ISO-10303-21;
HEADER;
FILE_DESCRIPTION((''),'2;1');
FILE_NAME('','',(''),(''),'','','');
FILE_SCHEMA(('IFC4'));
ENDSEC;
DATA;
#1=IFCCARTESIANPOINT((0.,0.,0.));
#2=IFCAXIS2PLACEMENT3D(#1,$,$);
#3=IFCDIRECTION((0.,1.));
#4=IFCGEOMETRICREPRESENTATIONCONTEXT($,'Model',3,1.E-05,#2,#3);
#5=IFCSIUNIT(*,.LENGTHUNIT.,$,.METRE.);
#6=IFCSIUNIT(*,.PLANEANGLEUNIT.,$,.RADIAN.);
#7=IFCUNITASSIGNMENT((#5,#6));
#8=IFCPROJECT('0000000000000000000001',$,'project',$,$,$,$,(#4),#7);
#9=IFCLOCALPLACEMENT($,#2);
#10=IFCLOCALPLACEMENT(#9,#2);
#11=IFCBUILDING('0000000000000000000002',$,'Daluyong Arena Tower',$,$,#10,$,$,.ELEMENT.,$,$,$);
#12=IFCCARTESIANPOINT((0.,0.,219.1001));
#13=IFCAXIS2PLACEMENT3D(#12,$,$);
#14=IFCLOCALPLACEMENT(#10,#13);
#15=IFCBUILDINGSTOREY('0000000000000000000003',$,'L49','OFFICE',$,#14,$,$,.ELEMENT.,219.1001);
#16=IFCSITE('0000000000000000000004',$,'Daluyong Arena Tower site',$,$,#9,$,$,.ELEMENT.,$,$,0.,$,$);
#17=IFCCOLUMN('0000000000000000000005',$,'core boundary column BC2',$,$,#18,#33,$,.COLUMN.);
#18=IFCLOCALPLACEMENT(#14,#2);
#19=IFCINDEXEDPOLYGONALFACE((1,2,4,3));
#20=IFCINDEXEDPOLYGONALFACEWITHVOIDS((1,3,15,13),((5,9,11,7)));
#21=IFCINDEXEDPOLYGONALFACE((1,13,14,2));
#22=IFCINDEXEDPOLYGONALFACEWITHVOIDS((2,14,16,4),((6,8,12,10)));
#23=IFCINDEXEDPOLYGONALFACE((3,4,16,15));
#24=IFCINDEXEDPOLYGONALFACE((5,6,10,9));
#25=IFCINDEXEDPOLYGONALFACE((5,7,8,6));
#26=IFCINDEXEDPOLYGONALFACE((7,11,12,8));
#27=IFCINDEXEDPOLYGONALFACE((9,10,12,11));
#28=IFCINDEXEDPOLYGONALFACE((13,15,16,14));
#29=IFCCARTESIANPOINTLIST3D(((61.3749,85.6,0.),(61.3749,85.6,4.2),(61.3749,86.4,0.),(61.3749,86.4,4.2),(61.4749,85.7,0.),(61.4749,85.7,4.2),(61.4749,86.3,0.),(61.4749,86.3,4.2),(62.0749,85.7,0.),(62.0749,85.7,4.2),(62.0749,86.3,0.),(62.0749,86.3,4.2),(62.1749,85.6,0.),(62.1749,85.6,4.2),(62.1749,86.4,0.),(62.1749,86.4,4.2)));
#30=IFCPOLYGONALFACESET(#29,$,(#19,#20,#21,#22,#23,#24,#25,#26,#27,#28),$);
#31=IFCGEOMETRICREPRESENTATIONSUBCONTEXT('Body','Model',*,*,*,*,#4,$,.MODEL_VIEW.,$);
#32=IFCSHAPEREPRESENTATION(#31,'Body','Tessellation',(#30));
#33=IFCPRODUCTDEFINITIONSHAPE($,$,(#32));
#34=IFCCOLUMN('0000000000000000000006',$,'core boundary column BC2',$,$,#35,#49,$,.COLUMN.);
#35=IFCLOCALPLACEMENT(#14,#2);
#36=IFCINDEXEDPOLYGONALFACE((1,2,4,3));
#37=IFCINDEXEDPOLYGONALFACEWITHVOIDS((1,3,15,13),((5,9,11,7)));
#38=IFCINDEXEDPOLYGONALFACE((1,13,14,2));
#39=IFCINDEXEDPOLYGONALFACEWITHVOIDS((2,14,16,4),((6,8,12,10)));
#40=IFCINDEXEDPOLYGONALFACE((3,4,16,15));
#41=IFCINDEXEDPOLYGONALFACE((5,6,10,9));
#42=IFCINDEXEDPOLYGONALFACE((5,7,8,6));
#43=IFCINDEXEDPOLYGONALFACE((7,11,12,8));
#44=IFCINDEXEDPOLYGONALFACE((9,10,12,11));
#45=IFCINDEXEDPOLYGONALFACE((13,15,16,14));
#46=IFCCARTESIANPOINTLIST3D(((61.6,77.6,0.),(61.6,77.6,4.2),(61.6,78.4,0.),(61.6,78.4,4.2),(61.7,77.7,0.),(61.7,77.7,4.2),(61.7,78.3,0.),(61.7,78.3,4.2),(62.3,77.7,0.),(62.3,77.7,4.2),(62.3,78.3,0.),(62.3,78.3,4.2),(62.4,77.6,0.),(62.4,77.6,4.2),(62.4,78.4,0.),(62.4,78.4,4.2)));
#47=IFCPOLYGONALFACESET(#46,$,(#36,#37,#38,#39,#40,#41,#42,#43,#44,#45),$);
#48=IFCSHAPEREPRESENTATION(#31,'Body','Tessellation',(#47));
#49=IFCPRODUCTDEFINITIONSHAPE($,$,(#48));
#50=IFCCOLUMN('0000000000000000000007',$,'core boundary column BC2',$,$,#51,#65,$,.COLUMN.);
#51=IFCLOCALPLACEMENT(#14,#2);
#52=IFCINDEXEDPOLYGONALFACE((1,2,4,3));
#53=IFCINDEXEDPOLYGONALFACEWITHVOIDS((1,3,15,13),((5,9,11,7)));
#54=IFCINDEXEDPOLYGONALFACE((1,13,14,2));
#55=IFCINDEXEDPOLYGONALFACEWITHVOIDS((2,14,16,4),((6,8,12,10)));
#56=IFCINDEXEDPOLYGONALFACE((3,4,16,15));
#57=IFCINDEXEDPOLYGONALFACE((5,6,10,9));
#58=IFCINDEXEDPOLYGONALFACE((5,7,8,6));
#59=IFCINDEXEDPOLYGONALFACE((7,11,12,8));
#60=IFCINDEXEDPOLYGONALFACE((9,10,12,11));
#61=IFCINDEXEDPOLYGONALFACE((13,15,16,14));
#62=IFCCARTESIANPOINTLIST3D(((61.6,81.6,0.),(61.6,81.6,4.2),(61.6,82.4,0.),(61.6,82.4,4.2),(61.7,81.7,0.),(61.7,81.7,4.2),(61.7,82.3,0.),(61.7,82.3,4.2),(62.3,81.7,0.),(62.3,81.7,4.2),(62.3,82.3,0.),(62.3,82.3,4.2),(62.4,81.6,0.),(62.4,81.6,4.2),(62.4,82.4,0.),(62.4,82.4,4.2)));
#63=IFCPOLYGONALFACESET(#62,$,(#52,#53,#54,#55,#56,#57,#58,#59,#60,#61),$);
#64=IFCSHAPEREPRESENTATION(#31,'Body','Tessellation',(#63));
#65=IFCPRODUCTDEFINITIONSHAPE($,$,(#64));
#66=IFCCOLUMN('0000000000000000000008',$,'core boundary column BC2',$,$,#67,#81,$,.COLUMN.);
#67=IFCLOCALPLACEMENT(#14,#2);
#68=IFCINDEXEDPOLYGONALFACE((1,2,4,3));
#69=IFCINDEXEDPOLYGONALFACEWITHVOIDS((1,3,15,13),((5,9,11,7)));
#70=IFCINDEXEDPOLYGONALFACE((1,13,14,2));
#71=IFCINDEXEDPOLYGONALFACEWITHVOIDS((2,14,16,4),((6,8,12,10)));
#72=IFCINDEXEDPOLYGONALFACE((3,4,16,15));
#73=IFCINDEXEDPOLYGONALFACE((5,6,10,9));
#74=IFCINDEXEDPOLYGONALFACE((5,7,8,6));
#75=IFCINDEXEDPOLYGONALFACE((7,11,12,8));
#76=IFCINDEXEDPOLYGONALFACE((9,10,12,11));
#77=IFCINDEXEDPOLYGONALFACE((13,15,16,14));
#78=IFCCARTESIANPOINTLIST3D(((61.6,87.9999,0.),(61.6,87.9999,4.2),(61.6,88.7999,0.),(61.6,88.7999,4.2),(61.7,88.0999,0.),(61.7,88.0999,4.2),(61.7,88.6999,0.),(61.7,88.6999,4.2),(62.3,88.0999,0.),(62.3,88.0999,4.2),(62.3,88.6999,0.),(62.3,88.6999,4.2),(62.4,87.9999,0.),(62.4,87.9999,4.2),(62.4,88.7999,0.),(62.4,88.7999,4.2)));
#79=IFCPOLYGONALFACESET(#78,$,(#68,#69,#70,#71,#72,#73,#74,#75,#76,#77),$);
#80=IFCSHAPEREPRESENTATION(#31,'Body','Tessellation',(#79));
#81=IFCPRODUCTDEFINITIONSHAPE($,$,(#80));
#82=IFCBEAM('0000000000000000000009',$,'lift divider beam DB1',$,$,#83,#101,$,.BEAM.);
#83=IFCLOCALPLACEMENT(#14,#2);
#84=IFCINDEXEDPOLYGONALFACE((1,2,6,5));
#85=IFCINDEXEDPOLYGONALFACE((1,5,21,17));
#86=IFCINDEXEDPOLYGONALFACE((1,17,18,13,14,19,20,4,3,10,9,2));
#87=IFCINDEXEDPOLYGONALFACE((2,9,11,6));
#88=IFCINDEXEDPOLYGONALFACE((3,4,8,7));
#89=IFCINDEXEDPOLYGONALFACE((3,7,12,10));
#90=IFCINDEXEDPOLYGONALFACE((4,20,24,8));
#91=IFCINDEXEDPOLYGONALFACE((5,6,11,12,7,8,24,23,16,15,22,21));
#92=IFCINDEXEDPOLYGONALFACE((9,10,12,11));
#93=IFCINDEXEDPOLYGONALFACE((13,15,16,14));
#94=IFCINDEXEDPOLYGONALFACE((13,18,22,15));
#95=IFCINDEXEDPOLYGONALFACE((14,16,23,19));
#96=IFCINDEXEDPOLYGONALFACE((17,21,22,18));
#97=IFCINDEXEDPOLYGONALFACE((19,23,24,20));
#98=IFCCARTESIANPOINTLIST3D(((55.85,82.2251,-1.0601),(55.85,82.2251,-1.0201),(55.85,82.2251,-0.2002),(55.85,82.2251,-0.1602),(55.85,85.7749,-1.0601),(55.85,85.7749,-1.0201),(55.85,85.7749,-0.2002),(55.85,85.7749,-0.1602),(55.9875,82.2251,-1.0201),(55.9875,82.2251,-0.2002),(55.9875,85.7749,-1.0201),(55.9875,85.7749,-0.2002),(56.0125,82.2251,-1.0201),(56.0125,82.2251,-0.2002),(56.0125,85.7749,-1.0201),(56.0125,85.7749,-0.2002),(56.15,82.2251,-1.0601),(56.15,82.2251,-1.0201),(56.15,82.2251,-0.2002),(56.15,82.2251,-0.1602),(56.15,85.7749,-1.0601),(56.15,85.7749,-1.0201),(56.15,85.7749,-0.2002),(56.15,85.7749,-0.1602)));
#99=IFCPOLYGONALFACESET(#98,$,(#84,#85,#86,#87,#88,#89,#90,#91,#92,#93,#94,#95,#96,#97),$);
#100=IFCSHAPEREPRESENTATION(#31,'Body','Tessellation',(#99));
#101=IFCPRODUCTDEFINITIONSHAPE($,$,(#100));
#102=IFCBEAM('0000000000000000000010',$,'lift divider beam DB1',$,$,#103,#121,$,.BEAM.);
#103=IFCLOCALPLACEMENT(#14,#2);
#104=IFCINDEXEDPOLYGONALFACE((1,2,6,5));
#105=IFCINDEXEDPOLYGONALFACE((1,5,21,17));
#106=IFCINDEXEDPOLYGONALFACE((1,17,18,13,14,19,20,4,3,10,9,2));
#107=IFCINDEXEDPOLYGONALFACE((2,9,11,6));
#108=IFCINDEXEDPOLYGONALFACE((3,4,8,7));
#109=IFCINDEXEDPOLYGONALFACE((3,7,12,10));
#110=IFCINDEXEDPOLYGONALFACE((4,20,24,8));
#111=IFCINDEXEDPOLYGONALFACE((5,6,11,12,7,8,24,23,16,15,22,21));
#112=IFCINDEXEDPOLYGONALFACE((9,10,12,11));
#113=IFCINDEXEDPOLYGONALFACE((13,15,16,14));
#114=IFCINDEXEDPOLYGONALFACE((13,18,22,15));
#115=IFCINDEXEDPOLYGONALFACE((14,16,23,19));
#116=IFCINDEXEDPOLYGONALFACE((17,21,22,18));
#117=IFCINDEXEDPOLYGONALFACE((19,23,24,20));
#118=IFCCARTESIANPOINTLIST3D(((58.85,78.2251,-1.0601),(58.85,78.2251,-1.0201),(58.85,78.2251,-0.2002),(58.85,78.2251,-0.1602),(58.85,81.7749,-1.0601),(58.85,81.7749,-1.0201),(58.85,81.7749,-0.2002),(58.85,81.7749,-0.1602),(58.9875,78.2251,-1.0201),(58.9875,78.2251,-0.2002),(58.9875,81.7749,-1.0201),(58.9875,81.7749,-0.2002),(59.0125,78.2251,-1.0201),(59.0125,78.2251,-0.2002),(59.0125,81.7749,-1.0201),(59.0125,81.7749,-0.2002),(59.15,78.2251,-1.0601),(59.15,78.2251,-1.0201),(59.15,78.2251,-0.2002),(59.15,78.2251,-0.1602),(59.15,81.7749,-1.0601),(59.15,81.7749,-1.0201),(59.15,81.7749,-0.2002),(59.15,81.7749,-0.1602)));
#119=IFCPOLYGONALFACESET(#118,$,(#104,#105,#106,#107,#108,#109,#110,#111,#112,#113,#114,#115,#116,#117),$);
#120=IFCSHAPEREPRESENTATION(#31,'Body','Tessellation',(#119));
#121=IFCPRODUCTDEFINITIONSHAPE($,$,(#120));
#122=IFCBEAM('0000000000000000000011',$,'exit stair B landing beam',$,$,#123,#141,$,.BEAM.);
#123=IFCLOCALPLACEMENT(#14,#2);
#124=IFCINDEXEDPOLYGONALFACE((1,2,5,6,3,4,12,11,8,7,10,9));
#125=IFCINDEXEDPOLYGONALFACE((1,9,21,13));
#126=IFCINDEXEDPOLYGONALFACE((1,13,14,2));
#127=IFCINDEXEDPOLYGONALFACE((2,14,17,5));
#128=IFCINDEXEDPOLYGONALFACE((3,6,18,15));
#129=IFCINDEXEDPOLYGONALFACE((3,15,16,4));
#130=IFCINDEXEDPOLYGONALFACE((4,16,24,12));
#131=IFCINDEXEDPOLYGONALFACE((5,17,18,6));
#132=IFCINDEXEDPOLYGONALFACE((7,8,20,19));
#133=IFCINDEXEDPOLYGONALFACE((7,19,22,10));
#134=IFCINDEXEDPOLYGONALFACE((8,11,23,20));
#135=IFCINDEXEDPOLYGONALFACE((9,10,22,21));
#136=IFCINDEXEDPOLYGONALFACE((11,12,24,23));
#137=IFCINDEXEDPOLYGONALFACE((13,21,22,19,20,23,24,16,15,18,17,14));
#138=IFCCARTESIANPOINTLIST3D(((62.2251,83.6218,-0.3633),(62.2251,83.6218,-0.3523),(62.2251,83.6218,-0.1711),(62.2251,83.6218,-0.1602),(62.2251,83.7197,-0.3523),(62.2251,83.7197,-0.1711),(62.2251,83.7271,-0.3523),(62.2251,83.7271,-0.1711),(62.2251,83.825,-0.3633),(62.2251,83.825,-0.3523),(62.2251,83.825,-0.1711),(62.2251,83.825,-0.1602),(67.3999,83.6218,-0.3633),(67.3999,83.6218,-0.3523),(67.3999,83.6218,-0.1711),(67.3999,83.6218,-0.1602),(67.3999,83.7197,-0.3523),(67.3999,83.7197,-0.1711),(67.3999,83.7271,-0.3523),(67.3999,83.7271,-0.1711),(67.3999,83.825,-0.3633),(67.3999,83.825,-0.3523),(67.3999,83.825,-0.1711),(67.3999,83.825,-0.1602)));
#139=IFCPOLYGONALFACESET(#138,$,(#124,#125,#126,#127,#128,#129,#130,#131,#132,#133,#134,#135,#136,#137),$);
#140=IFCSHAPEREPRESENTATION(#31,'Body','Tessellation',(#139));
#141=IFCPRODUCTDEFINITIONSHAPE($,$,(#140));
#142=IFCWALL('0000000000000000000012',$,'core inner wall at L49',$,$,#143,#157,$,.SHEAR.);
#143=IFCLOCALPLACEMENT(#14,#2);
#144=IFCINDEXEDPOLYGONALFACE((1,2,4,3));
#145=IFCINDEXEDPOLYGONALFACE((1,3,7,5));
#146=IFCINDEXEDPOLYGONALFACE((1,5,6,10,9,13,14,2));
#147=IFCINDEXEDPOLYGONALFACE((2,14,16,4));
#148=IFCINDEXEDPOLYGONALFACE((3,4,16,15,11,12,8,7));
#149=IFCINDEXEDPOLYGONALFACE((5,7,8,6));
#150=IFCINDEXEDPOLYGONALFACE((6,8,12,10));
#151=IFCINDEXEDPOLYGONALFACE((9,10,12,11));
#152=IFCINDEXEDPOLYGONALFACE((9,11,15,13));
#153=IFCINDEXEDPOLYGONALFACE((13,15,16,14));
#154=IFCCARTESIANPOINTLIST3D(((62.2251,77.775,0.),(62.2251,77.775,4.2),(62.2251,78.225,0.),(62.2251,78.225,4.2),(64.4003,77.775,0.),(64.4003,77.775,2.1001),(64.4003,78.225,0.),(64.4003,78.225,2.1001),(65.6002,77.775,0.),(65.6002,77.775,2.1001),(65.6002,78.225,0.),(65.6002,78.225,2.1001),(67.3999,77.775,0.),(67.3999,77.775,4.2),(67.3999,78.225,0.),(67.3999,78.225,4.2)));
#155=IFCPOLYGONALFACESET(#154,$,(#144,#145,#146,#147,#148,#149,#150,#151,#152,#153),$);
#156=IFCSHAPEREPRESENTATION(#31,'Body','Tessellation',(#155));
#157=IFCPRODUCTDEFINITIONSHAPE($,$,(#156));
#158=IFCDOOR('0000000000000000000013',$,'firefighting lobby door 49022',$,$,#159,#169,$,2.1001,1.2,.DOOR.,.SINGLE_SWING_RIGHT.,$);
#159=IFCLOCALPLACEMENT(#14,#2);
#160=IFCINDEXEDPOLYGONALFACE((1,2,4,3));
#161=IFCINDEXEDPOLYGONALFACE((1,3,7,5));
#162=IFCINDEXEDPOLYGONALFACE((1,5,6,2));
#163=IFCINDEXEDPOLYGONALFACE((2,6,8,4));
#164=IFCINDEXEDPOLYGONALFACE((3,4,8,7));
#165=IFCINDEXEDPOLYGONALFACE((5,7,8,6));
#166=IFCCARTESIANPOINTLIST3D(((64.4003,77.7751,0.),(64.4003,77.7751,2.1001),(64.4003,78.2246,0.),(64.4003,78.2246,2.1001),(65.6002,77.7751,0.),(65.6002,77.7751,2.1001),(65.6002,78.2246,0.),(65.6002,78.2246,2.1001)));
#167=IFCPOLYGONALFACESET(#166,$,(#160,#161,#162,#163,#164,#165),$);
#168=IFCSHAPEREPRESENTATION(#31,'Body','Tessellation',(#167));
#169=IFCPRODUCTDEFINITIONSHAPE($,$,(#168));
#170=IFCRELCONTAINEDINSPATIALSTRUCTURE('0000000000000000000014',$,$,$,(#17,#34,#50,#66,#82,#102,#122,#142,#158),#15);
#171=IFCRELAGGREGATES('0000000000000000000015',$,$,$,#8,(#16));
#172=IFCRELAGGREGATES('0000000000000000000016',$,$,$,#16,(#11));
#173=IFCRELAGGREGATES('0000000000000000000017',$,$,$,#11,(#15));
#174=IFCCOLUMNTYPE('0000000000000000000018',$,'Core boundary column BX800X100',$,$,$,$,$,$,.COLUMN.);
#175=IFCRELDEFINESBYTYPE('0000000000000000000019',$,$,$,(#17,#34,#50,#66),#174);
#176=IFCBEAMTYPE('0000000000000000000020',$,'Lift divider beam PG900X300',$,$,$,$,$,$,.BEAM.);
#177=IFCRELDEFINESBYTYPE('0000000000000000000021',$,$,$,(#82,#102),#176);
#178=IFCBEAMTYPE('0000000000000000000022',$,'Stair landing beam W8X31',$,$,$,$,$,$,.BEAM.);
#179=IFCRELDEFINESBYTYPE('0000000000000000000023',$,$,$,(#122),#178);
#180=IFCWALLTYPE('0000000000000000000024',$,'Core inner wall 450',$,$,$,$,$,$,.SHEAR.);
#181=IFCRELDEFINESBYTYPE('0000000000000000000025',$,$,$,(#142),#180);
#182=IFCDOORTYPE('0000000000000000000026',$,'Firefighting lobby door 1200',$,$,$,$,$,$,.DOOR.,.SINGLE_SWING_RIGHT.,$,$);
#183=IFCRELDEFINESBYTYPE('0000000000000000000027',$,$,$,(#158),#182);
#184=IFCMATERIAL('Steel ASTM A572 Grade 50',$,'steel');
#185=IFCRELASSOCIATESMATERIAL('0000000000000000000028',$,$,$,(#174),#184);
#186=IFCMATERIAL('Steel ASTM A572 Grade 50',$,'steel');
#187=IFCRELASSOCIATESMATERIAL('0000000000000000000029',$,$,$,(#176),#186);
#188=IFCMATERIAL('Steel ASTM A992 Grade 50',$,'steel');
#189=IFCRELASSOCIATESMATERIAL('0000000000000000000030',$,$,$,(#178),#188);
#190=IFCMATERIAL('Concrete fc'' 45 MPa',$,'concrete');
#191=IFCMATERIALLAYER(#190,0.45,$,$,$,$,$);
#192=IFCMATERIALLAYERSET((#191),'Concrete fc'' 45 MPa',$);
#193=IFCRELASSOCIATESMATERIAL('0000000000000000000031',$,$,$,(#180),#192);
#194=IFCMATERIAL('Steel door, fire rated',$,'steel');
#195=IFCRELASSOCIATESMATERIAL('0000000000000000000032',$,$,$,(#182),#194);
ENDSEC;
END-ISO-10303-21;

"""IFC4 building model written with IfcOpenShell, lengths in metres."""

from ifc_helpers import new_model, si_unit, direction, frame, frame_2d, origin, origin_2d, place, context, subcontext, project, spatial, rectangle, hollow_rectangle, i_section, extrude, material, layer, layer_set, material_profile, profile_set, type_object, element, fill, save


model = new_model("IFC4")

# Units and contexts
model_context = context("Model", 3, precision=1e-05, world=origin(), true_north=direction((0.0, 1.0)))
body_context = subcontext(model_context, "Body", "Model", "MODEL_VIEW")
ifc_project = project(units=[si_unit("LENGTHUNIT", "METRE"), si_unit("PLANEANGLEUNIT", "RADIAN")], contexts=[model_context])

# Site, building, storey
site_placement = place(None, origin())
site = spatial("IfcSite", under=ifc_project, at=site_placement, Name="Daluyong Arena Tower site", CompositionType="ELEMENT", RefElevation=0.0)
building_placement = place(site_placement, origin())
building = spatial("IfcBuilding", under=site, at=building_placement, Name="Daluyong Arena Tower", CompositionType="ELEMENT")
storey_placement = place(building_placement, frame((0.0, 0.0, 219.1001)))
storey = spatial("IfcBuildingStorey", under=building, at=storey_placement, Name="L49", Description="OFFICE", CompositionType="ELEMENT", Elevation=219.1001)

# Columns
ifc_material_1 = material(Name="Steel ASTM A572 Grade 50", Category="steel")
ifc_material_profile_1 = material_profile(ifc_material_1, hollow_rectangle(XDim=0.8, YDim=0.8, WallThickness=0.1, at=origin_2d()))
ifc_profile_set_1 = profile_set([ifc_material_profile_1], Name="Steel ASTM A572 Grade 50")
column_type = type_object("IfcColumnType", Name="Core boundary column BX800X100", PredefinedType="COLUMN", material=ifc_profile_set_1)
for number, where, z_axis, x_axis, name in (
    (1, (61.7749, 86.0, 0.0), (0.0, 0.0, 1.0), (1.0, 0.0, 0.0), "core boundary column BC2"),
    (2, (62.0, 78.0, 0.0), (0.0, 0.0, 1.0), (1.0, 0.0, 0.0), "core boundary column BC2"),
    (3, (62.0, 82.0, 0.0), (0.0, 0.0, 1.0), (1.0, 0.0, 0.0), "core boundary column BC2"),
    (4, (62.0, 88.3999, 0.0), (0.0, 0.0, 1.0), (1.0, 0.0, 0.0), "core boundary column BC2"),
):
    element("IfcColumn", number, at=place(storey_placement, frame(where, z_axis=z_axis, x_axis=x_axis)), inside=storey, type_object=column_type, Name=name, PredefinedType="COLUMN", context=body_context, shape_type="SweptSolid", body=[
        extrude(hollow_rectangle(XDim=0.8, YDim=0.8, WallThickness=0.1, at=origin_2d()), origin(), (0.0, 0.0, 1.0), 4.2),
    ])

# Beams
ifc_material_2 = material(Name="Steel ASTM A572 Grade 50", Category="steel")
ifc_material_profile_2 = material_profile(ifc_material_2, i_section(OverallWidth=0.3, OverallDepth=0.8999, WebThickness=0.025, FlangeThickness=0.04, at=origin_2d()))
ifc_profile_set_2 = profile_set([ifc_material_profile_2], Name="Steel ASTM A572 Grade 50")
beam_type_1 = type_object("IfcBeamType", Name="Lift divider beam PG900X300", PredefinedType="BEAM", material=ifc_profile_set_2)
for number, where, z_axis, x_axis, name in (
    (5, (56.0, 82.2251, -0.6101), (0.0, 1.0, 0.0), (-1.0, 0.0, 0.0), "lift divider beam DB1"),
    (6, (59.0, 78.2251, -0.6101), (0.0, 1.0, 0.0), (-1.0, 0.0, 0.0), "lift divider beam DB1"),
):
    element("IfcBeam", number, at=place(storey_placement, frame(where, z_axis=z_axis, x_axis=x_axis)), inside=storey, type_object=beam_type_1, Name=name, PredefinedType="BEAM", context=body_context, shape_type="SweptSolid", body=[
        extrude(i_section(OverallWidth=0.3, OverallDepth=0.8999, WebThickness=0.025, FlangeThickness=0.04, at=origin_2d()), origin(), (0.0, 0.0, 1.0), 3.5498),
    ])
ifc_material_3 = material(Name="Steel ASTM A992 Grade 50", Category="steel")
ifc_material_profile_3 = material_profile(ifc_material_3, i_section(OverallWidth=0.2031, OverallDepth=0.2031, WebThickness=0.0073, FlangeThickness=0.011, at=origin_2d()))
ifc_profile_set_3 = profile_set([ifc_material_profile_3], Name="Steel ASTM A992 Grade 50")
beam_type_2 = type_object("IfcBeamType", Name="Stair landing beam W8X31", PredefinedType="BEAM", material=ifc_profile_set_3)
beam_placement = place(storey_placement, frame((62.2251, 83.7234, -0.2617), z_axis=(1.0, 0.0, 0.0), x_axis=(0.0, 1.0, 0.0)))
element("IfcBeam", 7, at=beam_placement, inside=storey, type_object=beam_type_2, Name="exit stair B landing beam", PredefinedType="BEAM", context=body_context, shape_type="SweptSolid", body=[
    extrude(i_section(OverallWidth=0.2031, OverallDepth=0.2031, WebThickness=0.0073, FlangeThickness=0.011, at=origin_2d()), origin(), (0.0, 0.0, 1.0), 5.1748),
])

# Wall, opening, door
ifc_material_4 = material(Name="Concrete fc' 45 MPa", Category="concrete")
ifc_layer_1 = layer(ifc_material_4, 0.45)
ifc_layer_set_1 = layer_set([ifc_layer_1], Name="Concrete fc' 45 MPa")
wall_type_1 = type_object("IfcWallType", Name="Core inner wall 450", PredefinedType="SHEAR", material=ifc_layer_set_1)
wall_1_placement = place(storey_placement, frame((62.2251, 78.0, 0.0), z_axis=(0.0, 0.0, 1.0), x_axis=(1.0, 0.0, 0.0)))
wall_1 = element("IfcWall", 8, at=wall_1_placement, inside=storey, type_object=wall_type_1, Name="core inner wall at L49", PredefinedType="SHEAR", context=body_context, shape_type="SweptSolid", body=[
    extrude(rectangle(XDim=5.1748, YDim=0.45, at=frame_2d((2.5874, 0.0))), origin(), (0.0, 0.0, 1.0), 4.2),
])
opening_1_placement = place(wall_1_placement, frame((2.175, 0.0, 0.0)))
opening_1 = element("IfcOpeningElement", 9, at=opening_1_placement, cuts=wall_1, PredefinedType="OPENING", context=body_context, shape_type="SweptSolid", body=[
    extrude(rectangle(XDim=1.2, YDim=2.1001, at=frame_2d((0.6001, 1.05))), frame((0.0, 0.2349, 0.0), z_axis=(0.0, -1.0, 0.0), x_axis=(1.0, 0.0, 0.0)), (0.0, 0.0, 1.0), 0.47),
])
ifc_material_5 = material(Name="Steel door, fire rated", Category="steel")
door_type_1 = type_object("IfcDoorType", Name="Firefighting lobby door 1200", OperationType="SINGLE_SWING_RIGHT", PredefinedType="DOOR", material=ifc_material_5)
door_1_placement = place(opening_1_placement, origin())
door_1 = element("IfcDoor", 10, at=door_1_placement, inside=storey, type_object=door_type_1, Name="firefighting lobby door 49022", OperationType="SINGLE_SWING_RIGHT", OverallHeight=2.1001, OverallWidth=1.2, PredefinedType="DOOR", context=body_context, shape_type="SweptSolid", body=[
    extrude(rectangle(XDim=1.2, YDim=2.1001, at=frame_2d((0.6001, 1.05))), frame((0.0, 0.2246, 0.0), z_axis=(0.0, -1.0, 0.0), x_axis=(1.0, 0.0, 0.0)), (0.0, 0.0, 1.0), 0.4495),
])
fill(opening_1, door_1)

save(model, "model.ifc")
